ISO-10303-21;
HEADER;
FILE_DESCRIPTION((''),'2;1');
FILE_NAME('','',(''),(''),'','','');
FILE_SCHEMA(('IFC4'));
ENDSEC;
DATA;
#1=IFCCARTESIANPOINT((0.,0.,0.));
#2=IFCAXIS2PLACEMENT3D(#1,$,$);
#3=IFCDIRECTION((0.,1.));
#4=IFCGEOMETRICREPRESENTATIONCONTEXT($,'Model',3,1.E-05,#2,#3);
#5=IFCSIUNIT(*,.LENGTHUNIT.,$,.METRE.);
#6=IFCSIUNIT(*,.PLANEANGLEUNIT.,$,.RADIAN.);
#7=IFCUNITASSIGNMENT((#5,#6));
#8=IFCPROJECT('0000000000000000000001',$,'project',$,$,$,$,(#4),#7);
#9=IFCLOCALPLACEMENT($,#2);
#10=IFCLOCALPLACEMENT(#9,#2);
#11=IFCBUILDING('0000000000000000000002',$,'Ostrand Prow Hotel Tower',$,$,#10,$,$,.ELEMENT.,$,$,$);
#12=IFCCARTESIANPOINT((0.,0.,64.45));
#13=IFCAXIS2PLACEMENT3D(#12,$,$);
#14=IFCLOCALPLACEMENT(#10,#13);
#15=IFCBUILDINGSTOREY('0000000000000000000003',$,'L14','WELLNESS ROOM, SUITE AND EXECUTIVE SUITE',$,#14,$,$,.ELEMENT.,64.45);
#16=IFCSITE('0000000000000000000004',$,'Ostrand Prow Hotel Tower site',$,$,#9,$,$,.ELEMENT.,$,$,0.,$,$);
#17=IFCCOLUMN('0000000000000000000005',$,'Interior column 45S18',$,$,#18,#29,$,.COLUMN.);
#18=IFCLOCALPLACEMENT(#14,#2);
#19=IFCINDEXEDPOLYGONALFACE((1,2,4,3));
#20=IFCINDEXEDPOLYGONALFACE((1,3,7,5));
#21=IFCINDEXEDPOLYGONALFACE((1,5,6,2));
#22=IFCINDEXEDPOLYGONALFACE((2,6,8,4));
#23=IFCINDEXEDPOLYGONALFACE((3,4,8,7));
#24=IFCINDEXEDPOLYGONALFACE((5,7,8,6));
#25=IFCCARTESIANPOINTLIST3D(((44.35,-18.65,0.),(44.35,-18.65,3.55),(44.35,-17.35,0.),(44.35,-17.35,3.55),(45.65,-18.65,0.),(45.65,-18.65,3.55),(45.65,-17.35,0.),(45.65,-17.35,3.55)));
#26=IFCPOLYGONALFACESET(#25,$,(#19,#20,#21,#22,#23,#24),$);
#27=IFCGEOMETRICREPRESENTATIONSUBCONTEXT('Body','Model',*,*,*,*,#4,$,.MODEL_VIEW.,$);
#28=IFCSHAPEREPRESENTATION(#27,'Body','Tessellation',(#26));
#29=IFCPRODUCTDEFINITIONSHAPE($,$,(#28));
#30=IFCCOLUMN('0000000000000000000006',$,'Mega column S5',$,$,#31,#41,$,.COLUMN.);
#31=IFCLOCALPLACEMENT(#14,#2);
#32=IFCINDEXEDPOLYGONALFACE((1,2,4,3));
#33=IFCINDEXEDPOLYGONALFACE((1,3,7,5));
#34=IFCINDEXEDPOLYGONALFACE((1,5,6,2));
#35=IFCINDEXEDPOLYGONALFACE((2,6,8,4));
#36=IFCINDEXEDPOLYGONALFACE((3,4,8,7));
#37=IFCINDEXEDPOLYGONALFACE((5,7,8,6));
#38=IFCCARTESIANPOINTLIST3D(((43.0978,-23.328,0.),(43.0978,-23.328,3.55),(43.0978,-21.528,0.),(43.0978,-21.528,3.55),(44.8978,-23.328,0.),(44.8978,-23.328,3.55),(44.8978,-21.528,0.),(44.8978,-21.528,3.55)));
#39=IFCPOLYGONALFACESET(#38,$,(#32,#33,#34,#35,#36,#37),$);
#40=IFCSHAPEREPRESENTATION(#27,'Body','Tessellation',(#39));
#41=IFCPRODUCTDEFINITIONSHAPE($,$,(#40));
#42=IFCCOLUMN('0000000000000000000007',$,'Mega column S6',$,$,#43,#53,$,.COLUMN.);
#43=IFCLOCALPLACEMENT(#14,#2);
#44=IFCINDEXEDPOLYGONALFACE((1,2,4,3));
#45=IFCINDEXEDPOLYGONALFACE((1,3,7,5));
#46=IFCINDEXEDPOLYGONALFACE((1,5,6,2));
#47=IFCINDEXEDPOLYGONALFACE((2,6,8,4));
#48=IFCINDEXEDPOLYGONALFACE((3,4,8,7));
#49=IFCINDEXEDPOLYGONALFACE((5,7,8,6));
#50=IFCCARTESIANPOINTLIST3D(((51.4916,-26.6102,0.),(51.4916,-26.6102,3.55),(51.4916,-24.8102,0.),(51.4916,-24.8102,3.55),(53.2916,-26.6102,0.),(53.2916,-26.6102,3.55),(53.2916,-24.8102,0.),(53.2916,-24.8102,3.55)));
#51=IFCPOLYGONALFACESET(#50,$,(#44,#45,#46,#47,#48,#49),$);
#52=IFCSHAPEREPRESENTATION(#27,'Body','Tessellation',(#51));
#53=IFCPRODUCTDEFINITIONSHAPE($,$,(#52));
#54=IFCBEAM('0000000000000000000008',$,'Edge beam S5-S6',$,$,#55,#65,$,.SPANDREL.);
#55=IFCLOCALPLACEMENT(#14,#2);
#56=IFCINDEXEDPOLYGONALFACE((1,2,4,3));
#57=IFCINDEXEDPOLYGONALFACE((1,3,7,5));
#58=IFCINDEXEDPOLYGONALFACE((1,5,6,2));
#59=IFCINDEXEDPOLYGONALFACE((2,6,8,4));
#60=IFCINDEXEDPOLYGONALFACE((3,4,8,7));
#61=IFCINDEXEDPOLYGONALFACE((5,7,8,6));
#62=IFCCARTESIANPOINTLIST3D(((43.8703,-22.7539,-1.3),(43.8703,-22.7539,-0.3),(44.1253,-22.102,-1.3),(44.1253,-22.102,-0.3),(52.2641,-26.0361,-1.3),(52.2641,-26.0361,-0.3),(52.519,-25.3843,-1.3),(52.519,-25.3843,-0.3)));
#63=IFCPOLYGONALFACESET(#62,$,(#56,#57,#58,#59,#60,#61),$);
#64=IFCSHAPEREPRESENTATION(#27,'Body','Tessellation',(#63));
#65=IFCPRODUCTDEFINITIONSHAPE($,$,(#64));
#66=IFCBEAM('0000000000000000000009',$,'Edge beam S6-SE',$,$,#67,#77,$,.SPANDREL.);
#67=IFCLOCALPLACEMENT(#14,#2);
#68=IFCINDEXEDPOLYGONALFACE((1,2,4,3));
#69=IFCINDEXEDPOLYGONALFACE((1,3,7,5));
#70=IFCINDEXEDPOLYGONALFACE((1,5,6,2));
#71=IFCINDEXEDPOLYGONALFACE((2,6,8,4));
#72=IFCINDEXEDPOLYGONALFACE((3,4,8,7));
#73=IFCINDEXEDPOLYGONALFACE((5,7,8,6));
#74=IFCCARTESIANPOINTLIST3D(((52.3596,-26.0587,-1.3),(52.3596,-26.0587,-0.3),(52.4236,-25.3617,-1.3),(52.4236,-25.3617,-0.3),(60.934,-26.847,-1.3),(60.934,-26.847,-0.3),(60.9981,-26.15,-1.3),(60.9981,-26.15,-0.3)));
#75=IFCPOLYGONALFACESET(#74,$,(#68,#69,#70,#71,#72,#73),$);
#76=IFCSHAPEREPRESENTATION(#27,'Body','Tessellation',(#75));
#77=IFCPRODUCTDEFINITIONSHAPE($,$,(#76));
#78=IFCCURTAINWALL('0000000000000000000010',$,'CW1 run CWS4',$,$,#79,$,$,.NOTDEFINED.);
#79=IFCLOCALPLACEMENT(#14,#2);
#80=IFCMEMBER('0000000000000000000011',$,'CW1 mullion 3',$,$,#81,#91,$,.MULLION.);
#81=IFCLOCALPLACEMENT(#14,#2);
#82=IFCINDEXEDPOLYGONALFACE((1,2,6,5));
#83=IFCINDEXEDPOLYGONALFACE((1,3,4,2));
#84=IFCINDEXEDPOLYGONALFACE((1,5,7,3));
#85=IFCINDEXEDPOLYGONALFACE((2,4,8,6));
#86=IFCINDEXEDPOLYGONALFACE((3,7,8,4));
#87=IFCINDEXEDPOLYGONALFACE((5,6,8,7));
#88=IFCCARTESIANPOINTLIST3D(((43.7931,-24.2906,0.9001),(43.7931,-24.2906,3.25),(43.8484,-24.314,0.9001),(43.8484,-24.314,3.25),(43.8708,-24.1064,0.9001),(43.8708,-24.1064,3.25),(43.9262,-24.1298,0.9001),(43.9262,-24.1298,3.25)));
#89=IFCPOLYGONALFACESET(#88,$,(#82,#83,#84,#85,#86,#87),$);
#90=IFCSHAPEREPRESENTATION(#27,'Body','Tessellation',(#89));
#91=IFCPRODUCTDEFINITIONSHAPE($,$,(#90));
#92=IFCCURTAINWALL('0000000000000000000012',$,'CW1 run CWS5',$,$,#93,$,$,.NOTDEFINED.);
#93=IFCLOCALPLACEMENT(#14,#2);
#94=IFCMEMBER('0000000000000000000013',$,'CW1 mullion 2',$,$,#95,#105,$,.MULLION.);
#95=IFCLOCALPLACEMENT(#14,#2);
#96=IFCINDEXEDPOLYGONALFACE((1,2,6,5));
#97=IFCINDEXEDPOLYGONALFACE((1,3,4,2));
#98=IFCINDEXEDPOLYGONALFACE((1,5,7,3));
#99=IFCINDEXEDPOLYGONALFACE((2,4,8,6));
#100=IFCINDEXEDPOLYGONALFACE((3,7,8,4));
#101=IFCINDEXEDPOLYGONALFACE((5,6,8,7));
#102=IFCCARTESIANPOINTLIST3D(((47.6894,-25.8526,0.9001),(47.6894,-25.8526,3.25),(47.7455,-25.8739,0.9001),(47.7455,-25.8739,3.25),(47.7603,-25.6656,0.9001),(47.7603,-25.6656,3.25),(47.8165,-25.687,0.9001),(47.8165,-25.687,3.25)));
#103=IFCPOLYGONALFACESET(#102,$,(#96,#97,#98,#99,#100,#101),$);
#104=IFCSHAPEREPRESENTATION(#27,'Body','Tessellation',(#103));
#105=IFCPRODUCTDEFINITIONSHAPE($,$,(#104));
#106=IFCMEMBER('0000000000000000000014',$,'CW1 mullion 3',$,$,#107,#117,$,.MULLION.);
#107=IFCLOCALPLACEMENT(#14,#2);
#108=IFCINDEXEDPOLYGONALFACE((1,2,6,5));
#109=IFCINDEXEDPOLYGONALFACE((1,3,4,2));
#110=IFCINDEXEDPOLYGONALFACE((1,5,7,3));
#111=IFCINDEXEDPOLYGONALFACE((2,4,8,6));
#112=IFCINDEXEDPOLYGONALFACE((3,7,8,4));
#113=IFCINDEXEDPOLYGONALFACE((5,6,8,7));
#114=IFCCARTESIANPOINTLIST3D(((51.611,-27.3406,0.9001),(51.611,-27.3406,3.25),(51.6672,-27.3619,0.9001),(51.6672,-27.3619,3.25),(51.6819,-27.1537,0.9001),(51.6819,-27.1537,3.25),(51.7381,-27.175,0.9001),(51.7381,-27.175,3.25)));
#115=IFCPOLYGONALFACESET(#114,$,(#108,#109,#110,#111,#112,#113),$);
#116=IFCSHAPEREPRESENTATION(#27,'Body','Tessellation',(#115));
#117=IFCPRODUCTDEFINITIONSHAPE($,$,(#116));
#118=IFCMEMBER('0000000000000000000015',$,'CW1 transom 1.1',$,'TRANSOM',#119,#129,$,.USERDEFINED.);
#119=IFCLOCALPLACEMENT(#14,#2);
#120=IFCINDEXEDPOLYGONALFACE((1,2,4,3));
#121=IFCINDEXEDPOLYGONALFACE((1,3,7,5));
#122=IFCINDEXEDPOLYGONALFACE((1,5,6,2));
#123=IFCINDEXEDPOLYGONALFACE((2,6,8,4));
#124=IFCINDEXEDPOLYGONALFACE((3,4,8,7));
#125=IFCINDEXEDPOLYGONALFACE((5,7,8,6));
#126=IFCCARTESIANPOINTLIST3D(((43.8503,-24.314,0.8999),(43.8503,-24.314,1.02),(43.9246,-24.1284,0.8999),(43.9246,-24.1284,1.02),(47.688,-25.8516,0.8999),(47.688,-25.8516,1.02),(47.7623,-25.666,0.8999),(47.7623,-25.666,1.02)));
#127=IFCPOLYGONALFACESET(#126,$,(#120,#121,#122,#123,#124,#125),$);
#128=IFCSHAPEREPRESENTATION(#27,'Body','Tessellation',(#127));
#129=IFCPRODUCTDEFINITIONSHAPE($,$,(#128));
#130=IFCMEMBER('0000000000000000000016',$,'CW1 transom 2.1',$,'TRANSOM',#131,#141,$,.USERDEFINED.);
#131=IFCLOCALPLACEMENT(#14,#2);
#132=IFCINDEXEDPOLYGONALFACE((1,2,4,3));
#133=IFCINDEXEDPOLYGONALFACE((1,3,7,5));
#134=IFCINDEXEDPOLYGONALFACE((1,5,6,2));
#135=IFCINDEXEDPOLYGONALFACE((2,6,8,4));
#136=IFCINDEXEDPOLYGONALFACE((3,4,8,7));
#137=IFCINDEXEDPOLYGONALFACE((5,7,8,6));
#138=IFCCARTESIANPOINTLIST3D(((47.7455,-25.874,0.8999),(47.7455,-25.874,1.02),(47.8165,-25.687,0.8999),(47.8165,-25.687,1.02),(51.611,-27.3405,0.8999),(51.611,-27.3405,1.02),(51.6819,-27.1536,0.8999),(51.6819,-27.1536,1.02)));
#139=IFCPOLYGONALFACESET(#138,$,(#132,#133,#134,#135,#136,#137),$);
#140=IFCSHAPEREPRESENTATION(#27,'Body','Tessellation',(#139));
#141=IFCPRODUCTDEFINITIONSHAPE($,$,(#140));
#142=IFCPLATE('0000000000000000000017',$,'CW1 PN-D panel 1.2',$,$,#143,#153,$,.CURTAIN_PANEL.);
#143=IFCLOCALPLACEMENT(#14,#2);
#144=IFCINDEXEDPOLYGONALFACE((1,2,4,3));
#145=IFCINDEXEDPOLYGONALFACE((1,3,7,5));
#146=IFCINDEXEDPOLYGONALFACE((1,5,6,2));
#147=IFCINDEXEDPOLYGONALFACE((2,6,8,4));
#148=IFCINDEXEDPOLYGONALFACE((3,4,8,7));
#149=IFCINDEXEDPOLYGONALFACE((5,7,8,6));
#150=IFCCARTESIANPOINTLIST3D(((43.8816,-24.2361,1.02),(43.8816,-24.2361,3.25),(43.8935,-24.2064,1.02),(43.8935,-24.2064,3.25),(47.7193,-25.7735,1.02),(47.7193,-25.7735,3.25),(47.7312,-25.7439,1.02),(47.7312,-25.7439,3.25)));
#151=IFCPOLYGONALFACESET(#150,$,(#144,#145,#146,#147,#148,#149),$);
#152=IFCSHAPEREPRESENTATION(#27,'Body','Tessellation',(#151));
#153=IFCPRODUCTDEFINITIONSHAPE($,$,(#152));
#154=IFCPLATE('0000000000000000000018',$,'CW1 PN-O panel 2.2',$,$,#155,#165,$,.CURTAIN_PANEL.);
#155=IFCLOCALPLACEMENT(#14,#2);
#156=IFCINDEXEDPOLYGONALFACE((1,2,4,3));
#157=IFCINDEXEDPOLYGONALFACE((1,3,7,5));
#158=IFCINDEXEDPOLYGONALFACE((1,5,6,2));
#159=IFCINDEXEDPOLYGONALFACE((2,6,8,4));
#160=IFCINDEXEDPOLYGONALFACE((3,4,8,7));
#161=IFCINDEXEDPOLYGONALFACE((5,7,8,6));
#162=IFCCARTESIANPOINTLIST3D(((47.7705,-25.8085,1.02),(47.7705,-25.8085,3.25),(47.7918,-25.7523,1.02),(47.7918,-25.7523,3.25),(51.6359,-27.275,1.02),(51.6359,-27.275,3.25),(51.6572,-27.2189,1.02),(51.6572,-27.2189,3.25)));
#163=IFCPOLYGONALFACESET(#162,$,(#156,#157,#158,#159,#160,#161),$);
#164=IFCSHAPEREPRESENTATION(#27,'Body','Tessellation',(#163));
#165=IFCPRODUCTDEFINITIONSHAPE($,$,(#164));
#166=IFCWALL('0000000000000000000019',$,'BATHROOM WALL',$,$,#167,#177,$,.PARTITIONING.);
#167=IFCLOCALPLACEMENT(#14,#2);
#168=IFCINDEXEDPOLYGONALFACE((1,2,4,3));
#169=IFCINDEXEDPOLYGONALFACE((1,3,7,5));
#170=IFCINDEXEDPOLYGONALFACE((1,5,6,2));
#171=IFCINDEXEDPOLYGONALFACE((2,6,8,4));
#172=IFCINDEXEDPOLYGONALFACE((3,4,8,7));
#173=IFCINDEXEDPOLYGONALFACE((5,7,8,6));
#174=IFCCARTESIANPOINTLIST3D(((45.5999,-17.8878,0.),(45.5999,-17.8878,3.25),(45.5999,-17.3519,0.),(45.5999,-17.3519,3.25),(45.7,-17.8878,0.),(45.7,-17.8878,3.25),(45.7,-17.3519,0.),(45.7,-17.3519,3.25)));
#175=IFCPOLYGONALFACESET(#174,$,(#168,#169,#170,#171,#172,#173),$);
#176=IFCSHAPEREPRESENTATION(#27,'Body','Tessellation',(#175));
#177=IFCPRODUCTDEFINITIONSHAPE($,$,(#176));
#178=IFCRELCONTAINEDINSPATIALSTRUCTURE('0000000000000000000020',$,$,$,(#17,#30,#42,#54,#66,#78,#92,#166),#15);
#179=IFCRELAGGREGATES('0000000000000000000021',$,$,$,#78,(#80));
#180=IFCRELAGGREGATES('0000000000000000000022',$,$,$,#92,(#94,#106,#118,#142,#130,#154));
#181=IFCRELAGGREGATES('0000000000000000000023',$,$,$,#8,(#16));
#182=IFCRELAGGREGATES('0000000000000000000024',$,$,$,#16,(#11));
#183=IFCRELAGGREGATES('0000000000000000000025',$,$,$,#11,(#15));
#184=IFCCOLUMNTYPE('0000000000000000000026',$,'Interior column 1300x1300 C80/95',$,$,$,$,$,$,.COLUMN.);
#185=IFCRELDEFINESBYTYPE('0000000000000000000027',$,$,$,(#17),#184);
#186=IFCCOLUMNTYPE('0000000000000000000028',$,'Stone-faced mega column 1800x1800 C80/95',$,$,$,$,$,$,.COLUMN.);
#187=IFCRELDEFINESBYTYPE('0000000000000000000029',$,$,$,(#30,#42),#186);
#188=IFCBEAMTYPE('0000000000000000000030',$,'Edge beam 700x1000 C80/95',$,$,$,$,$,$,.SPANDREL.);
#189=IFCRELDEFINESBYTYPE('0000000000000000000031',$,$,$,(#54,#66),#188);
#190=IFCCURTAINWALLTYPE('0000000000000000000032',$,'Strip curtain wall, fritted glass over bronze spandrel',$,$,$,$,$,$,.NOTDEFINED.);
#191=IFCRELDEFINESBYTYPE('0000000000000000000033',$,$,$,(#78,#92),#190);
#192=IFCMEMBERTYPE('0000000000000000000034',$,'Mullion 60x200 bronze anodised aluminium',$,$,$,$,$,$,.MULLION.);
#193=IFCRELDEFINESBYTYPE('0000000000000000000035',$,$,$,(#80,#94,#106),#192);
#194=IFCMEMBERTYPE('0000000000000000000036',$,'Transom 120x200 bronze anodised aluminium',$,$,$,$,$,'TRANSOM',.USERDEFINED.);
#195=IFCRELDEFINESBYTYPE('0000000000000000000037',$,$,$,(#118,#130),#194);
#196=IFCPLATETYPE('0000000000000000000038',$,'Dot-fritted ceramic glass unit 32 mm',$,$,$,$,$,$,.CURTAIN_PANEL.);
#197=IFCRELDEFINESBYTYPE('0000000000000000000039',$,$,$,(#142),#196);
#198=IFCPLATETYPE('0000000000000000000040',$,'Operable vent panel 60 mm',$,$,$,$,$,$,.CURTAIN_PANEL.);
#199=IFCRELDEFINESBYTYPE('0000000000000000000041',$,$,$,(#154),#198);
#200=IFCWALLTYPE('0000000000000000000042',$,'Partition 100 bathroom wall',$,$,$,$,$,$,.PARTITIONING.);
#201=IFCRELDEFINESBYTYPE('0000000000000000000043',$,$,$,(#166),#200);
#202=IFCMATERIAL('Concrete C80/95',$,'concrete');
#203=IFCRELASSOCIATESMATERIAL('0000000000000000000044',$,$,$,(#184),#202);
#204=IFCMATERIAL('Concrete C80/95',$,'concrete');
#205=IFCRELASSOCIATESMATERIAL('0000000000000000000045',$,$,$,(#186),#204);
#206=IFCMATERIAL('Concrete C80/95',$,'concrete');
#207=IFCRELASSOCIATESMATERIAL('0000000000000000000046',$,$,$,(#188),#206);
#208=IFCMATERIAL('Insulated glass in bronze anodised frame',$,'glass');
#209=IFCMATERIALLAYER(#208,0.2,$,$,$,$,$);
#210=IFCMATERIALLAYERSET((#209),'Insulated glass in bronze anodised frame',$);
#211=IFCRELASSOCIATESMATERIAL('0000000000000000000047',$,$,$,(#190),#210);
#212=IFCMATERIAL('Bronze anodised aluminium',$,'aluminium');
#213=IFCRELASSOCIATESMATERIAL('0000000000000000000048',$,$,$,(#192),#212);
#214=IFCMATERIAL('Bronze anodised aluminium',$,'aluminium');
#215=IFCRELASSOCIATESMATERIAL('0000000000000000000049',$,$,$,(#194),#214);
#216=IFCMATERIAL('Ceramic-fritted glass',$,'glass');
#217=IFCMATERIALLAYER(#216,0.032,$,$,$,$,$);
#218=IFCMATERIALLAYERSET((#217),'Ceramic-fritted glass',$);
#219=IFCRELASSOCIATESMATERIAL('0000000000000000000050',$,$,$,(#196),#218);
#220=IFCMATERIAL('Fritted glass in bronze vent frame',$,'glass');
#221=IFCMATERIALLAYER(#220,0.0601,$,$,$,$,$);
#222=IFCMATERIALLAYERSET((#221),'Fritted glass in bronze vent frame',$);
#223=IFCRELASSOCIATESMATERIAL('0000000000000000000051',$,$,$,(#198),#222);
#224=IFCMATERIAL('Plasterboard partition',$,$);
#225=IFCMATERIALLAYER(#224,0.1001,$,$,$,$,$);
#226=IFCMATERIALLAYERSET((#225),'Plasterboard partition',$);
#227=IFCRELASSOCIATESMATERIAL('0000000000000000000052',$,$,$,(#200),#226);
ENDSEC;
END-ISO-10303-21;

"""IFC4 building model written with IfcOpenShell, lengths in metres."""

from ifc_helpers import new_model, si_unit, direction, frame, frame_2d, origin, origin_2d, place, context, subcontext, project, spatial, rectangle, extrude, material, layer, layer_set, material_profile, profile_set, type_object, element, aggregate, save


model = new_model("IFC4")

# Units and contexts
model_context = context("Model", 3, precision=1e-05, world=origin(), true_north=direction((0.0, 1.0)))
body_context = subcontext(model_context, "Body", "Model", "MODEL_VIEW")
ifc_project = project(units=[si_unit("LENGTHUNIT", "METRE"), si_unit("PLANEANGLEUNIT", "RADIAN")], contexts=[model_context])

# Site, building, storey
site_placement = place(None, origin())
site = spatial("IfcSite", under=ifc_project, at=site_placement, Name="Ostrand Prow Hotel Tower site", CompositionType="ELEMENT", RefElevation=0.0)
building_placement = place(site_placement, origin())
building = spatial("IfcBuilding", under=site, at=building_placement, Name="Ostrand Prow Hotel Tower", CompositionType="ELEMENT")
storey_placement = place(building_placement, frame((0.0, 0.0, 64.45)))
storey = spatial("IfcBuildingStorey", under=building, at=storey_placement, Name="L14", Description="WELLNESS ROOM, SUITE AND EXECUTIVE SUITE", CompositionType="ELEMENT", Elevation=64.45)

# Columns
ifc_material_1 = material(Name="Concrete C80/95", Category="concrete")
ifc_material_profile_1 = material_profile(ifc_material_1, rectangle(XDim=1.3, YDim=1.3, at=origin_2d()), Name="RC 1300x1300")
ifc_profile_set_1 = profile_set([ifc_material_profile_1], Name="Concrete C80/95")
column_type_1 = type_object("IfcColumnType", Name="Interior column 1300x1300 C80/95", PredefinedType="COLUMN", material=ifc_profile_set_1)
column_placement = place(storey_placement, frame((45.0, -18.0, 0.0), z_axis=(0.0, 0.0, 1.0), x_axis=(1.0, 0.0, 0.0)))
element("IfcColumn", 1, at=column_placement, inside=storey, type_object=column_type_1, Name="Interior column 45S18", PredefinedType="COLUMN", context=body_context, shape_type="SweptSolid", body=[
    extrude(rectangle(XDim=1.3, YDim=1.3, at=origin_2d()), origin(), (0.0, 0.0, 1.0), 3.55),
])
ifc_material_2 = material(Name="Concrete C80/95", Category="concrete")
ifc_material_profile_2 = material_profile(ifc_material_2, rectangle(XDim=1.8, YDim=1.8, at=origin_2d()), Name="RC 1800x1800")
ifc_profile_set_2 = profile_set([ifc_material_profile_2], Name="Concrete C80/95")
column_type_2 = type_object("IfcColumnType", Name="Stone-faced mega column 1800x1800 C80/95", PredefinedType="COLUMN", material=ifc_profile_set_2)
for number, where, z_axis, x_axis, name in (
    (2, (43.9978, -22.428, 0.0), (0.0, 0.0, 1.0), (1.0, 0.0, 0.0), "Mega column S5"),
    (3, (52.3916, -25.7102, 0.0), (0.0, 0.0, 1.0), (1.0, 0.0, 0.0), "Mega column S6"),
):
    element("IfcColumn", number, at=place(storey_placement, frame(where, z_axis=z_axis, x_axis=x_axis)), inside=storey, type_object=column_type_2, Name=name, PredefinedType="COLUMN", context=body_context, shape_type="SweptSolid", body=[
        extrude(rectangle(XDim=1.8, YDim=1.8, at=origin_2d()), origin(), (0.0, 0.0, 1.0), 3.55),
    ])

# Beams
ifc_material_3 = material(Name="Concrete C80/95", Category="concrete")
ifc_material_profile_3 = material_profile(ifc_material_3, rectangle(XDim=0.7, YDim=1.0, at=origin_2d()), Name="RC 700x1000")
ifc_profile_set_3 = profile_set([ifc_material_profile_3], Name="Concrete C80/95")
beam_type = type_object("IfcBeamType", Name="Edge beam 700x1000 C80/95", PredefinedType="SPANDREL", material=ifc_profile_set_3)
beam_1_placement = place(storey_placement, frame((43.9978, -22.428, -0.8), z_axis=(0.931329, -0.364178, 0.0), x_axis=(0.364178, 0.931329, 0.0)))
element("IfcBeam", 4, at=beam_1_placement, inside=storey, type_object=beam_type, Name="Edge beam S5-S6", PredefinedType="SPANDREL", context=body_context, shape_type="SweptSolid", body=[
    extrude(rectangle(XDim=0.7, YDim=1.0, at=origin_2d()), origin(), (0.0, 0.0, 1.0), 9.0127),
])
beam_2_placement = place(storey_placement, frame((52.3916, -25.7102, -0.8), z_axis=(0.9958, -0.091553, 0.0), x_axis=(0.091553, 0.9958, 0.0)))
element("IfcBeam", 5, at=beam_2_placement, inside=storey, type_object=beam_type, Name="Edge beam S6-SE", PredefinedType="SPANDREL", context=body_context, shape_type="SweptSolid", body=[
    extrude(rectangle(XDim=0.7, YDim=1.0, at=origin_2d()), origin(), (0.0, 0.0, 1.0), 8.6106),
])

# Curtain wall, member
ifc_material_4 = material(Name="Insulated glass in bronze anodised frame", Category="glass")
ifc_layer_1 = layer(ifc_material_4, 0.2)
ifc_layer_set_1 = layer_set([ifc_layer_1], Name="Insulated glass in bronze anodised frame")
curtain_wall_type = type_object("IfcCurtainWallType", Name="Strip curtain wall, fritted glass over bronze spandrel", PredefinedType="NOTDEFINED", material=ifc_layer_set_1)
curtain_wall_1_placement = place(storey_placement, origin())
curtain_wall_1 = element("IfcCurtainWall", 6, at=curtain_wall_1_placement, inside=storey, type_object=curtain_wall_type, Name="CW1 run CWS4", PredefinedType="NOTDEFINED")
ifc_material_5 = material(Name="Bronze anodised aluminium", Category="aluminium")
ifc_material_profile_4 = material_profile(ifc_material_5, rectangle(XDim=0.2, YDim=0.0601, at=origin_2d()), Name="Mullion 60x200 bronze anodised aluminium")
ifc_profile_set_4 = profile_set([ifc_material_profile_4], Name="Bronze anodised aluminium")
member_type_1 = type_object("IfcMemberType", Name="Mullion 60x200 bronze anodised aluminium", PredefinedType="MULLION", material=ifc_profile_set_4)
member_1_placement = place(storey_placement, frame((43.8596, -24.2102, 0.9001), z_axis=(0.0, 0.0, 1.0), x_axis=(0.388892, 0.921283, 0.0)))
member_1 = element("IfcMember", 7, at=member_1_placement, type_object=member_type_1, Name="CW1 mullion 3", PredefinedType="MULLION", context=body_context, shape_type="SweptSolid", body=[
    extrude(rectangle(XDim=0.2, YDim=0.0601, at=origin_2d()), origin(), (0.0, 0.0, 1.0), 2.3499),
])
aggregate(curtain_wall_1, [member_1])

# Curtain wall, members, plates
curtain_wall_2_placement = place(storey_placement, origin())
curtain_wall_2 = element("IfcCurtainWall", 8, at=curtain_wall_2_placement, inside=storey, type_object=curtain_wall_type, Name="CW1 run CWS5", PredefinedType="NOTDEFINED")
member_2_placement = place(storey_placement, frame((47.7529, -25.7698, 0.9001), z_axis=(0.0, 0.0, 1.0), x_axis=(0.354728, 0.934969, 0.0)))
member_2 = element("IfcMember", 9, at=member_2_placement, type_object=member_type_1, Name="CW1 mullion 2", PredefinedType="MULLION", context=body_context, shape_type="SweptSolid", body=[
    extrude(rectangle(XDim=0.2, YDim=0.0601, at=origin_2d()), origin(), (0.0, 0.0, 1.0), 2.3499),
])
member_3_placement = place(storey_placement, frame((51.6746, -27.2578, 0.9001), z_axis=(0.0, 0.0, 1.0), x_axis=(0.354728, 0.934969, 0.0)))
member_3 = element("IfcMember", 10, at=member_3_placement, type_object=member_type_1, Name="CW1 mullion 3", PredefinedType="MULLION", context=body_context, shape_type="SweptSolid", body=[
    extrude(rectangle(XDim=0.2, YDim=0.0601, at=origin_2d()), origin(), (0.0, 0.0, 1.0), 2.3499),
])
ifc_material_6 = material(Name="Bronze anodised aluminium", Category="aluminium")
ifc_material_profile_5 = material_profile(ifc_material_6, rectangle(XDim=0.2, YDim=0.1201, at=origin_2d()), Name="Transom 120x200 bronze anodised aluminium")
ifc_profile_set_5 = profile_set([ifc_material_profile_5], Name="Bronze anodised aluminium")
member_type_2 = type_object("IfcMemberType", Name="Transom 120x200 bronze anodised aluminium", ElementType="TRANSOM", PredefinedType="USERDEFINED", material=ifc_profile_set_5)
member_4_placement = place(storey_placement, frame((43.8875, -24.2212, 0.96), z_axis=(0.928265, -0.37192, 0.0), x_axis=(0.37192, 0.928265, 0.0)))
member_4 = element("IfcMember", 11, at=member_4_placement, type_object=member_type_2, Name="CW1 transom 1.1", ObjectType="TRANSOM", PredefinedType="USERDEFINED", context=body_context, shape_type="SweptSolid", body=[
    extrude(rectangle(XDim=0.2, YDim=0.1201, at=origin_2d()), origin(), (0.0, 0.0, 1.0), 4.1343),
])
member_5_placement = place(storey_placement, frame((47.781, -25.7805, 0.96), z_axis=(0.934971, -0.354725, 0.0), x_axis=(0.354725, 0.934971, 0.0)))
member_5 = element("IfcMember", 12, at=member_5_placement, type_object=member_type_2, Name="CW1 transom 2.1", ObjectType="TRANSOM", PredefinedType="USERDEFINED", context=body_context, shape_type="SweptSolid", body=[
    extrude(rectangle(XDim=0.2, YDim=0.1201, at=origin_2d()), origin(), (0.0, 0.0, 1.0), 4.1343),
])
ifc_material_7 = material(Name="Ceramic-fritted glass", Category="glass")
ifc_layer_2 = layer(ifc_material_7, 0.032)
ifc_layer_set_2 = layer_set([ifc_layer_2], Name="Ceramic-fritted glass")
plate_type_1 = type_object("IfcPlateType", Name="Dot-fritted ceramic glass unit 32 mm", PredefinedType="CURTAIN_PANEL", material=ifc_layer_set_2)
plate_1_placement = place(storey_placement, frame((45.8064, -24.99, 1.02), z_axis=(0.0, 0.0, 1.0), x_axis=(0.928283, -0.371873, 0.0)))
plate_1 = element("IfcPlate", 13, at=plate_1_placement, type_object=plate_type_1, Name="CW1 PN-D panel 1.2", PredefinedType="CURTAIN_PANEL", context=body_context, shape_type="SweptSolid", body=[
    extrude(rectangle(XDim=4.1343, YDim=0.032, at=origin_2d()), origin(), (0.0, 0.0, 1.0), 2.23),
])
ifc_material_8 = material(Name="Fritted glass in bronze vent frame", Category="glass")
ifc_layer_3 = layer(ifc_material_8, 0.0601)
ifc_layer_set_3 = layer_set([ifc_layer_3], Name="Fritted glass in bronze vent frame")
plate_type_2 = type_object("IfcPlateType", Name="Operable vent panel 60 mm", PredefinedType="CURTAIN_PANEL", material=ifc_layer_set_3)
plate_2_placement = place(storey_placement, frame((49.7139, -26.5137, 1.02), z_axis=(0.0, 0.0, 1.0), x_axis=(0.934969, -0.354728, 0.0)))
plate_2 = element("IfcPlate", 14, at=plate_2_placement, type_object=plate_type_2, Name="CW1 PN-O panel 2.2", PredefinedType="CURTAIN_PANEL", context=body_context, shape_type="SweptSolid", body=[
    extrude(rectangle(XDim=4.1343, YDim=0.0601, at=origin_2d()), origin(), (0.0, 0.0, 1.0), 2.23),
])
aggregate(curtain_wall_2, [member_2, member_3, member_4, plate_1, member_5, plate_2])

# Wall
ifc_material_9 = material(Name="Plasterboard partition")
ifc_layer_4 = layer(ifc_material_9, 0.1001)
ifc_layer_set_4 = layer_set([ifc_layer_4], Name="Plasterboard partition")
wall_type_1 = type_object("IfcWallType", Name="Partition 100 bathroom wall", PredefinedType="PARTITIONING", material=ifc_layer_set_4)
wall_1_placement = place(storey_placement, frame((45.6499, -17.8879, 0.0), z_axis=(0.0, 0.0, 1.0), x_axis=(0.0, 1.0, 0.0)))
element("IfcWall", 15, at=wall_1_placement, inside=storey, type_object=wall_type_1, Name="BATHROOM WALL", PredefinedType="PARTITIONING", context=body_context, shape_type="SweptSolid", body=[
    extrude(rectangle(XDim=0.5359, YDim=0.1001, at=frame_2d((0.2681, 0.0))), origin(), (0.0, 0.0, 1.0), 3.25),
])

save(model, "model.ifc")
